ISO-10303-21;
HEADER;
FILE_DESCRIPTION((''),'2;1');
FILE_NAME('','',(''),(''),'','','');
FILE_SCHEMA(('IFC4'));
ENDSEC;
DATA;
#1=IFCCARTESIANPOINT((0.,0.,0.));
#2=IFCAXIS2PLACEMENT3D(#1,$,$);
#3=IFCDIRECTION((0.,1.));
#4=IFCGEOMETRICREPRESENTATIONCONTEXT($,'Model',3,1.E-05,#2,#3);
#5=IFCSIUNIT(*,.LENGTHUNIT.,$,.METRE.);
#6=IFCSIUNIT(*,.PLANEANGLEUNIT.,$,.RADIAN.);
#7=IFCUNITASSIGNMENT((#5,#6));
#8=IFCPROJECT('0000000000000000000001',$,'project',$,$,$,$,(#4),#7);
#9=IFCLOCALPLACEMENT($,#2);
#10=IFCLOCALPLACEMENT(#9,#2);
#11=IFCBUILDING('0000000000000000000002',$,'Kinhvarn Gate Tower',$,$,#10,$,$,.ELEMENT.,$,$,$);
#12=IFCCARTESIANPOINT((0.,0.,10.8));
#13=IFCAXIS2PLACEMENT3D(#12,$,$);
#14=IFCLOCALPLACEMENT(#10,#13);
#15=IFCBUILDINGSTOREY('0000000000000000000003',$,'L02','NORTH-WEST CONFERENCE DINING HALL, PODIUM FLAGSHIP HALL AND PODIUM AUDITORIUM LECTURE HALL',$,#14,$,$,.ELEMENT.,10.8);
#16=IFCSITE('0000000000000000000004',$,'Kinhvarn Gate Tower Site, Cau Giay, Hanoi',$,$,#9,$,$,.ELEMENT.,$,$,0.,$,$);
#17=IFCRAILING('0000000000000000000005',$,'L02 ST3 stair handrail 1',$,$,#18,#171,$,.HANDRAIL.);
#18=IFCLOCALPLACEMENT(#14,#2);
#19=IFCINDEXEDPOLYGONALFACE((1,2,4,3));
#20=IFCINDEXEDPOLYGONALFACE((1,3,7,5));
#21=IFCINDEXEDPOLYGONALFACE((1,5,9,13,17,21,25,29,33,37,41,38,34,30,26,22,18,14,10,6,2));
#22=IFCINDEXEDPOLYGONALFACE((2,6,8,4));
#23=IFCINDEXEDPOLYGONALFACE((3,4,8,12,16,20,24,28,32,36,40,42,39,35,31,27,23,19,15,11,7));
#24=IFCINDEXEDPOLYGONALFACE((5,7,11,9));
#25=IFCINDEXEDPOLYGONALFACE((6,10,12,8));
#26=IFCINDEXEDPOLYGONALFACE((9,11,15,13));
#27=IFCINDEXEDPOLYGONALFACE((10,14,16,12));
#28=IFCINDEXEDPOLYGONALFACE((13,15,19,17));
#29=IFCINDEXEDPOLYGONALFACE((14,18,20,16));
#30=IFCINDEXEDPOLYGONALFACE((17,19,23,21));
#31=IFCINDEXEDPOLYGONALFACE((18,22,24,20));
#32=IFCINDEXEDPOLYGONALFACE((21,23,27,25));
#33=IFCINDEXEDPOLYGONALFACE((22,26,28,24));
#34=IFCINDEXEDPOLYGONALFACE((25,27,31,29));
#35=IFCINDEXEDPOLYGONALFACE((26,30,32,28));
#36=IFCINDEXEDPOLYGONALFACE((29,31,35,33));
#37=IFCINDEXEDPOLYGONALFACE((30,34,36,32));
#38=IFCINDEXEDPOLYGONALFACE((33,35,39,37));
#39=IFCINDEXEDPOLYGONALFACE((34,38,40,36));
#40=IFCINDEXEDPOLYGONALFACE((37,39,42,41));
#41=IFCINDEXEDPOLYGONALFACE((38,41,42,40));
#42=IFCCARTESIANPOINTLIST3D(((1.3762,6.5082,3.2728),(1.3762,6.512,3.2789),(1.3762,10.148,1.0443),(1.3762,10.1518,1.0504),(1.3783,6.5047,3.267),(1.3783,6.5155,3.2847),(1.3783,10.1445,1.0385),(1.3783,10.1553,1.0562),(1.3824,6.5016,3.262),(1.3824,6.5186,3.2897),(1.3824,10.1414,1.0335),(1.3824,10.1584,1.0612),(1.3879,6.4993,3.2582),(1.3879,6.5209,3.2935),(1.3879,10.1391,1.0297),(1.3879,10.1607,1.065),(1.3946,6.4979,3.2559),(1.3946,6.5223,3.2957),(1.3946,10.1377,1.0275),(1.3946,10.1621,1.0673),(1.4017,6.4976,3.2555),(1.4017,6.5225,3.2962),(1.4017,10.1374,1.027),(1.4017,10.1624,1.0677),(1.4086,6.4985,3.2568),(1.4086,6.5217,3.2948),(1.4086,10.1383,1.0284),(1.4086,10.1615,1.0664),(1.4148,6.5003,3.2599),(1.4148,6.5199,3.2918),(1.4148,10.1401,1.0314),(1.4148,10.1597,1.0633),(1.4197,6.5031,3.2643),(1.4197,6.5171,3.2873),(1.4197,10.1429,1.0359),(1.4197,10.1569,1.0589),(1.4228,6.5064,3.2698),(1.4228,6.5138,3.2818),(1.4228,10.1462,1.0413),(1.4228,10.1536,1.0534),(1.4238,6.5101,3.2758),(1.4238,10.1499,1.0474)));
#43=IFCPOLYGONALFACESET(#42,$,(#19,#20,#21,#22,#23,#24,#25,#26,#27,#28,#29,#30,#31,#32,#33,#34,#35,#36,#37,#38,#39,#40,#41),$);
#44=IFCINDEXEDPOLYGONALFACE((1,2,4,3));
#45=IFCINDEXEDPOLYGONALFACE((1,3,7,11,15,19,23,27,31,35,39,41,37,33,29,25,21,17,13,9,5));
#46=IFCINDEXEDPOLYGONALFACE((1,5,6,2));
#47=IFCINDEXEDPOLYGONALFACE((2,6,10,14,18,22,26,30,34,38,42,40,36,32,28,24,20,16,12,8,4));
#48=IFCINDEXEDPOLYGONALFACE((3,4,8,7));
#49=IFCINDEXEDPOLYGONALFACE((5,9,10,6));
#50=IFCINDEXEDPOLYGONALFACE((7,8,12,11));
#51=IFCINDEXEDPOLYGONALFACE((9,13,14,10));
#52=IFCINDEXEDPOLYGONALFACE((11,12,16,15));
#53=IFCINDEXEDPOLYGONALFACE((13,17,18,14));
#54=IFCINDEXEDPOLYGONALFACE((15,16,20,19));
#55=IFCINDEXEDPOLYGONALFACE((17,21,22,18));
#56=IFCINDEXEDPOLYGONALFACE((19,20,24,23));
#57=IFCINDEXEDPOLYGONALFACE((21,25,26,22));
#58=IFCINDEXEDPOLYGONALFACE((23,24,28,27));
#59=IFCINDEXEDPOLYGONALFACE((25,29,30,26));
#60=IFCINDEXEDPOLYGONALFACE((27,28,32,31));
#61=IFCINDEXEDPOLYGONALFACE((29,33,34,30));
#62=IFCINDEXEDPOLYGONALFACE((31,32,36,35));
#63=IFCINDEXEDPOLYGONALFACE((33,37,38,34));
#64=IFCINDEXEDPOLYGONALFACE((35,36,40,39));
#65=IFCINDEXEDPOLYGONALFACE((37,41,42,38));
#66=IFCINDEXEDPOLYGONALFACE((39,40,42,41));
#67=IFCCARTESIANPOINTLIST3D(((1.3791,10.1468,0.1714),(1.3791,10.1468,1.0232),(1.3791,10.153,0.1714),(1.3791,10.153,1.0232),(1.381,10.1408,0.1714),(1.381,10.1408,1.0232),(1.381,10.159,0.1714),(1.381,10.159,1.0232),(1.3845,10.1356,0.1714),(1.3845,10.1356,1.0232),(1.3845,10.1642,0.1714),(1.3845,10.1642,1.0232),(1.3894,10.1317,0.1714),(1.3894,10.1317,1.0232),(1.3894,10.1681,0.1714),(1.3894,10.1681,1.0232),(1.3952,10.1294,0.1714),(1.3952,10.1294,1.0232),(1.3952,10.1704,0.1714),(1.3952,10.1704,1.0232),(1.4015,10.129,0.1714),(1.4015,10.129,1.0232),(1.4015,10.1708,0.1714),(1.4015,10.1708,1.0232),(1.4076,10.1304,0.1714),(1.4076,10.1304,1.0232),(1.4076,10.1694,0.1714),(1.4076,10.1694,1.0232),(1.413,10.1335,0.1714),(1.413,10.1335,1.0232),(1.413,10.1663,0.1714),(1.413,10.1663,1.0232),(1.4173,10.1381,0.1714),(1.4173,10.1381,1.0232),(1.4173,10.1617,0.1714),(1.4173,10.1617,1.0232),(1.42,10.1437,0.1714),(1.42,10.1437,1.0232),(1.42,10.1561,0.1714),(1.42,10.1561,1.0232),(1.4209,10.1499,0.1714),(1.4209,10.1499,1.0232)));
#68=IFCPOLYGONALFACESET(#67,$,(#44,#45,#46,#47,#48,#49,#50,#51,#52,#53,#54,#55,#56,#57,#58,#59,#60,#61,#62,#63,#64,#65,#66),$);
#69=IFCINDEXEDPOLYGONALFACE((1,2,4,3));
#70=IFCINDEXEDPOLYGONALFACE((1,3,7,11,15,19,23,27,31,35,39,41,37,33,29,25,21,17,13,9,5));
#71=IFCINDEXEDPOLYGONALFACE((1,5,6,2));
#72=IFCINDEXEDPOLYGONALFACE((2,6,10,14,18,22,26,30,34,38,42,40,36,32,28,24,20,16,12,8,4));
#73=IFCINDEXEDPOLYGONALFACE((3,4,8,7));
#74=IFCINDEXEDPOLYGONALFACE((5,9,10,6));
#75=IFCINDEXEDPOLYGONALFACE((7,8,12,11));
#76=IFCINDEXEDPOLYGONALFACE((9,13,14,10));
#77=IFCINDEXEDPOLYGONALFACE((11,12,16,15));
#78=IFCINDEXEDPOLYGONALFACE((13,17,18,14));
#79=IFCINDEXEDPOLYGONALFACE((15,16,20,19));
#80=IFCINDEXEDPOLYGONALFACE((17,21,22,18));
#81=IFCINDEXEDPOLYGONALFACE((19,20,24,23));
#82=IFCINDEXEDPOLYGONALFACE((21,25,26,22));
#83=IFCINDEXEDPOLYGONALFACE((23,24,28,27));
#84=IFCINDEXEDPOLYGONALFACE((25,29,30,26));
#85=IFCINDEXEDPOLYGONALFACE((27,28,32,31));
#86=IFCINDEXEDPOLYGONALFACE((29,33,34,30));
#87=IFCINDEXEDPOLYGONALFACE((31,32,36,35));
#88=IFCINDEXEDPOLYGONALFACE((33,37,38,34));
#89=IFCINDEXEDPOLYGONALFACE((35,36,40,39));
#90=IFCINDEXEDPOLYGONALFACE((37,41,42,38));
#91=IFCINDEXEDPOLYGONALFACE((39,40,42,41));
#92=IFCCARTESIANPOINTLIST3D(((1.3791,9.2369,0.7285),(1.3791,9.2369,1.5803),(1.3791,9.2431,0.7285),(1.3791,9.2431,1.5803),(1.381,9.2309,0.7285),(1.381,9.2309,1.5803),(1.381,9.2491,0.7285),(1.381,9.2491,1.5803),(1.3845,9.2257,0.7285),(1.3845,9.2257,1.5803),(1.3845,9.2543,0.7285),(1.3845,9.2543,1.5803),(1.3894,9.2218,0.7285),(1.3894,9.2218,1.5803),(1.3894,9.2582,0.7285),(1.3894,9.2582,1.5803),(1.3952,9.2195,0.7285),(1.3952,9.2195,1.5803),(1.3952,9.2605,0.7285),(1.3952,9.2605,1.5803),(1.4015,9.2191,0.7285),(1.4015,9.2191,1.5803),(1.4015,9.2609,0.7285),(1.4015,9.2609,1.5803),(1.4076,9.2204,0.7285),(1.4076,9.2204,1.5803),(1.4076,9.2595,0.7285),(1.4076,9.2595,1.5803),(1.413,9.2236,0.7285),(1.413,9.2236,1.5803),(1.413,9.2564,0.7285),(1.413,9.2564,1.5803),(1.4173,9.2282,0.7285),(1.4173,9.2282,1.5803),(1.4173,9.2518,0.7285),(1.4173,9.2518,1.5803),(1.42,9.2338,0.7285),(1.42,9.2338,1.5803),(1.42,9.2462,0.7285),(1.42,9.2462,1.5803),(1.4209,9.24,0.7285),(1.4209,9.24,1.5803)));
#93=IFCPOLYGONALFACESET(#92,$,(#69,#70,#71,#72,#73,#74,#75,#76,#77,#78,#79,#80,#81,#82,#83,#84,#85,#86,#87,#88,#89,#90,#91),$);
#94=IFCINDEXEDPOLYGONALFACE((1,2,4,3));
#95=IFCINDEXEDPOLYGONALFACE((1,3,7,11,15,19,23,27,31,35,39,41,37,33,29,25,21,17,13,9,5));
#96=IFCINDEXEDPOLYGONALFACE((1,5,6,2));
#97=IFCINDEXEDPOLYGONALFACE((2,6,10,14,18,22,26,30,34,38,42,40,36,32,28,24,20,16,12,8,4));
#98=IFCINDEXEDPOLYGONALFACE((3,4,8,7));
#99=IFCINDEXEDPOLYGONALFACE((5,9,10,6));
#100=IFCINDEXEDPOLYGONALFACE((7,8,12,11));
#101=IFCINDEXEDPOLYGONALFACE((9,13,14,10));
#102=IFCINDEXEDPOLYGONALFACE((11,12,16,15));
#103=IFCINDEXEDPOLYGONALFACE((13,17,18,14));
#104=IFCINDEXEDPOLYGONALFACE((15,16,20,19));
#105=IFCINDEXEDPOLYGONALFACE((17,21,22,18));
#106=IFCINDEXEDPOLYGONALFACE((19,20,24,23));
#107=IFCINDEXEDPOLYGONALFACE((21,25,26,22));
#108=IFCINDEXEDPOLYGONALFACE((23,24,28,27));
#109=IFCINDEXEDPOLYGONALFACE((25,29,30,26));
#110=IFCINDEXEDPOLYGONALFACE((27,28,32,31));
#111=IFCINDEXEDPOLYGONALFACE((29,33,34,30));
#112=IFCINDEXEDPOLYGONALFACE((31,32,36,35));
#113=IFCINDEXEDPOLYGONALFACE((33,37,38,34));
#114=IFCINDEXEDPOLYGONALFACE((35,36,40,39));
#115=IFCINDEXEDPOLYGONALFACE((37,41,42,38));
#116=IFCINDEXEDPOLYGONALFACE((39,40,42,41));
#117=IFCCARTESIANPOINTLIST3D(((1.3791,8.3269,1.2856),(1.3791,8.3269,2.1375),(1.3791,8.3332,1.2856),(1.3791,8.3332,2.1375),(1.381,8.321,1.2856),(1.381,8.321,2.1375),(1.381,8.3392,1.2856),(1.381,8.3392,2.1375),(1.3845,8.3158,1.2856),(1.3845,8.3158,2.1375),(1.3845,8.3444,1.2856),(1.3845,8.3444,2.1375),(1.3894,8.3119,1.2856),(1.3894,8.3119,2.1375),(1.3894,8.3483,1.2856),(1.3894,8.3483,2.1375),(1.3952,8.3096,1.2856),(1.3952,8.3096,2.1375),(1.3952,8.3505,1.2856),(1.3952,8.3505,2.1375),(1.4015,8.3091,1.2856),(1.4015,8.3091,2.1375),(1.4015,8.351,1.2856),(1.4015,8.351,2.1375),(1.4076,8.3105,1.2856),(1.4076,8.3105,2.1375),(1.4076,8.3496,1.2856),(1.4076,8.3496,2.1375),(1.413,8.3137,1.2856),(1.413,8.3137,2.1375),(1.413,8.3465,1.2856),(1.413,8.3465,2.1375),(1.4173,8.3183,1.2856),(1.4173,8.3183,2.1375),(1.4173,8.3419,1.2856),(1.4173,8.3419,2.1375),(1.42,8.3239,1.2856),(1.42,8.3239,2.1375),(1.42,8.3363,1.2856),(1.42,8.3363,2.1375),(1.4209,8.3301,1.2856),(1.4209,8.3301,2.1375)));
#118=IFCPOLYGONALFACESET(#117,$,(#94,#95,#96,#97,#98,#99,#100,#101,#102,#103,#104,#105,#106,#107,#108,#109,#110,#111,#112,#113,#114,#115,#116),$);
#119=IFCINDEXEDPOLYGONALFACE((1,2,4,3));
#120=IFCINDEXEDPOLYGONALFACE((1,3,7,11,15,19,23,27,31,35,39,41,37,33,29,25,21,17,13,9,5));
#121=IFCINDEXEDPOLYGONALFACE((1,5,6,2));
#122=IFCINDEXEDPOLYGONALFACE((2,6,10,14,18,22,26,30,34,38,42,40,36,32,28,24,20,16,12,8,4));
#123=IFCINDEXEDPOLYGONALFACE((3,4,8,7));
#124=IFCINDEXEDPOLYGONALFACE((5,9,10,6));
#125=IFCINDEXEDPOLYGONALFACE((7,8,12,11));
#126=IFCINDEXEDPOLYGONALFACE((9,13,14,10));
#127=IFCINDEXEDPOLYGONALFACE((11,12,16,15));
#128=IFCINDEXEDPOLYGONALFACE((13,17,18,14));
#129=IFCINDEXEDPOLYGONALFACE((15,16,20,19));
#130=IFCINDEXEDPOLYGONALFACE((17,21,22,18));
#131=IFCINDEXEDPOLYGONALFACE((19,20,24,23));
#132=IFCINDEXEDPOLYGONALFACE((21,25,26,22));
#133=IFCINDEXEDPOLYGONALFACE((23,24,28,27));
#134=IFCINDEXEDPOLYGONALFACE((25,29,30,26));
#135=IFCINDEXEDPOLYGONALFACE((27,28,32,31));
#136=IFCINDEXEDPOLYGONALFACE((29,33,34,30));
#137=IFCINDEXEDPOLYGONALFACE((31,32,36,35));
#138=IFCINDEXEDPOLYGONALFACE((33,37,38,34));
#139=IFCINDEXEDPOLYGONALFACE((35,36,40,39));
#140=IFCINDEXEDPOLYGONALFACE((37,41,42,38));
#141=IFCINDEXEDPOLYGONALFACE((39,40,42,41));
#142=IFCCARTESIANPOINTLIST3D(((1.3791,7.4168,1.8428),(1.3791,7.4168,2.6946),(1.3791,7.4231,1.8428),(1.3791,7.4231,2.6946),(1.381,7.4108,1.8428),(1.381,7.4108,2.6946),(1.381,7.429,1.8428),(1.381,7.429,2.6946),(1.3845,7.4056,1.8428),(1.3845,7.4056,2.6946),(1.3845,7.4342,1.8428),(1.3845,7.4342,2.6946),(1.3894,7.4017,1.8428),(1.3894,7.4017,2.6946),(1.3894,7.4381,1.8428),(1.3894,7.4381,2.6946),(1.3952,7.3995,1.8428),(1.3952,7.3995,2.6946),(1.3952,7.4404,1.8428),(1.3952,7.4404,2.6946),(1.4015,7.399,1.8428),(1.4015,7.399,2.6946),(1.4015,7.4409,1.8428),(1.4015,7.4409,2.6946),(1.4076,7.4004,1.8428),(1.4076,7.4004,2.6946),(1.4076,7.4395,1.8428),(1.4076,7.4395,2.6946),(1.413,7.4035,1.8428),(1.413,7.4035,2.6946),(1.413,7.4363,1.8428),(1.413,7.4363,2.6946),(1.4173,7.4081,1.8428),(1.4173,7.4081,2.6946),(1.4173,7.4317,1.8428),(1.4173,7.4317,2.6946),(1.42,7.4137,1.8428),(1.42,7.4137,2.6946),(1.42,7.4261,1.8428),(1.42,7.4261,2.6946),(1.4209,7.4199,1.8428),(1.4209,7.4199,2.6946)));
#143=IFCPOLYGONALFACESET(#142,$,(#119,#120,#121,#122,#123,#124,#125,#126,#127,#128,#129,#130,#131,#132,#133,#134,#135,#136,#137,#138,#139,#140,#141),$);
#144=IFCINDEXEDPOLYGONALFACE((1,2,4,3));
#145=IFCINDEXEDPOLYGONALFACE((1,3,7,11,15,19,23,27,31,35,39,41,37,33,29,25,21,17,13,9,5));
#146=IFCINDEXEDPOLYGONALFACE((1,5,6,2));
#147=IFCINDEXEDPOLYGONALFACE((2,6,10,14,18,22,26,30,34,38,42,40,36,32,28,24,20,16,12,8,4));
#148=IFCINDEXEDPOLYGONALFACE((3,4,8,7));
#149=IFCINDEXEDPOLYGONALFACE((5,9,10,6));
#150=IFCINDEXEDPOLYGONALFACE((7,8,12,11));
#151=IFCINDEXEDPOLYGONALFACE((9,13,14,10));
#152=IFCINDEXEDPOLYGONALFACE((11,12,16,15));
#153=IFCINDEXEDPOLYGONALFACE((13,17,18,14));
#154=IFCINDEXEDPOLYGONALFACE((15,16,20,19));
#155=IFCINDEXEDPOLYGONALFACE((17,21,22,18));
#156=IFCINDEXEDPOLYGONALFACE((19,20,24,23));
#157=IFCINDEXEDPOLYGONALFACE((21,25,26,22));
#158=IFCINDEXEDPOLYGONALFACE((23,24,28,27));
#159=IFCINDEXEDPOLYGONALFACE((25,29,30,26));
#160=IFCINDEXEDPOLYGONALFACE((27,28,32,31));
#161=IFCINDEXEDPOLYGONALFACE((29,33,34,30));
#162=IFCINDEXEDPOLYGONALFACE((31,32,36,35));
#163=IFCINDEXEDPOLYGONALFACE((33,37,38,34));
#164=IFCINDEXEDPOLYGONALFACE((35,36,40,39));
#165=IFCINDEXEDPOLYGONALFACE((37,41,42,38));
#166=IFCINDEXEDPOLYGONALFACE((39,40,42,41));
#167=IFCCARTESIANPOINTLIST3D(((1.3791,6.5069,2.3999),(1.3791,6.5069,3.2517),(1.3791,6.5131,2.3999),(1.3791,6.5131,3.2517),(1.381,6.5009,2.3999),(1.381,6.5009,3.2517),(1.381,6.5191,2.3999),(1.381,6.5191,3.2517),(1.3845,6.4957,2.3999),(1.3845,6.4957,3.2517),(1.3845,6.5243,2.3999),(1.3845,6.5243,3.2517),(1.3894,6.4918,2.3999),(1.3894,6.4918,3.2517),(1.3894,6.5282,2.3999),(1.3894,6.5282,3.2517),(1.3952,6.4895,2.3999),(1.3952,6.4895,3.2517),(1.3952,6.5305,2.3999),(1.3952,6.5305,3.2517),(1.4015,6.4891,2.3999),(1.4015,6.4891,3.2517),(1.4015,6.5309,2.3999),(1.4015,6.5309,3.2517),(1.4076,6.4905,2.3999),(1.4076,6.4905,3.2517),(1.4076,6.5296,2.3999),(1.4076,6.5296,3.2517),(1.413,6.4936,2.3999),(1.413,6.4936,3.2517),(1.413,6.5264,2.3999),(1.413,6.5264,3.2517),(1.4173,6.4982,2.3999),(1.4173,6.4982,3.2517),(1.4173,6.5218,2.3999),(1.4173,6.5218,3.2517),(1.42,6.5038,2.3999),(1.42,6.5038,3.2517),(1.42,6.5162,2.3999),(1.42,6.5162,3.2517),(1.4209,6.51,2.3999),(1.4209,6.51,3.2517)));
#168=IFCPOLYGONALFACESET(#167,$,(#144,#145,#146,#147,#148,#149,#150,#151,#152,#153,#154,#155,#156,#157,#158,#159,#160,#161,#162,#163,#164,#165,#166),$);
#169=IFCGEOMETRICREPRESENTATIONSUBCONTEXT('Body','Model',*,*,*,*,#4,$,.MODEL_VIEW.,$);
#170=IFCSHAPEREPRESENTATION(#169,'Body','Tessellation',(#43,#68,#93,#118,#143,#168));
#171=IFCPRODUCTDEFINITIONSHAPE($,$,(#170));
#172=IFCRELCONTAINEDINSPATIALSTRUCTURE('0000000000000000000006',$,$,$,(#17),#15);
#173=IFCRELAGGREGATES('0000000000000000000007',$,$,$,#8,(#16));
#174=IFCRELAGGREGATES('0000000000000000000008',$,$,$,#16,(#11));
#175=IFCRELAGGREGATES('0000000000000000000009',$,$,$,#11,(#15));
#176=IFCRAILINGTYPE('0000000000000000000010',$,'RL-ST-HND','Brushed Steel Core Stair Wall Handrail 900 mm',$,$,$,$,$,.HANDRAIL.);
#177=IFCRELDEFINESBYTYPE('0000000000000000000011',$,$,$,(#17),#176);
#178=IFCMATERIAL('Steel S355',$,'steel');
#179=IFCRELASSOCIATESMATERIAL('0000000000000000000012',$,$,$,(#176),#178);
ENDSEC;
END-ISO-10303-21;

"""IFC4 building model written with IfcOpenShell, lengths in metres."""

from ifc_helpers import new_model, si_unit, direction, frame, origin, origin_2d, place, context, subcontext, project, spatial, circle, extrude, material, type_object, element, save


model = new_model("IFC4")

# Units and contexts
model_context = context("Model", 3, precision=1e-05, world=origin(), true_north=direction((0.0, 1.0)))
body_context = subcontext(model_context, "Body", "Model", "MODEL_VIEW")
ifc_project = project(units=[si_unit("LENGTHUNIT", "METRE"), si_unit("PLANEANGLEUNIT", "RADIAN")], contexts=[model_context])

# Site, building, storey
site_placement = place(None, origin())
site = spatial("IfcSite", under=ifc_project, at=site_placement, Name="Kinhvarn Gate Tower Site, Cau Giay, Hanoi", CompositionType="ELEMENT", RefElevation=0.0)
building_placement = place(site_placement, origin())
building = spatial("IfcBuilding", under=site, at=building_placement, Name="Kinhvarn Gate Tower", CompositionType="ELEMENT")
storey_placement = place(building_placement, frame((0.0, 0.0, 10.8)))
storey = spatial("IfcBuildingStorey", under=building, at=storey_placement, Name="L02", Description="NORTH-WEST CONFERENCE DINING HALL, PODIUM FLAGSHIP HALL AND PODIUM AUDITORIUM LECTURE HALL", CompositionType="ELEMENT", Elevation=10.8)

# Shared definitions
ifc_material_1 = material(Name="Steel S355", Category="steel")

# Railing
railing_type_1 = type_object("IfcRailingType", Name="RL-ST-HND", Description="Brushed Steel Core Stair Wall Handrail 900 mm", PredefinedType="HANDRAIL", material=ifc_material_1)
railing_1_placement = place(storey_placement, frame((1.3999, 10.1499, 0.1714)))
element("IfcRailing", 1, at=railing_1_placement, inside=storey, type_object=railing_type_1, Name="L02 ST3 stair handrail 1", PredefinedType="HANDRAIL", context=body_context, shape_type="SweptSolid", body=[
    extrude(circle(Radius=0.0239, at=origin_2d()), frame((0.0, 0.0, 0.876), z_axis=(0.0, -0.85285, 0.522156), x_axis=(1.0, 0.0, 0.0)), (0.0, 0.0, 1.0), 4.2678),
    extrude(circle(Radius=0.021, at=origin_2d()), origin(), (0.0, 0.0, 1.0), 0.8518),
    extrude(circle(Radius=0.021, at=origin_2d()), frame((0.0, -0.9099, 0.5571)), (0.0, 0.0, 1.0), 0.8518),
    extrude(circle(Radius=0.021, at=origin_2d()), frame((0.0, -1.8198, 1.1143)), (0.0, 0.0, 1.0), 0.8518),
    extrude(circle(Radius=0.021, at=origin_2d()), frame((0.0, -2.73, 1.6714)), (0.0, 0.0, 1.0), 0.8518),
    extrude(circle(Radius=0.021, at=origin_2d()), frame((0.0, -3.6399, 2.2285)), (0.0, 0.0, 1.0), 0.8518),
])

save(model, "model.ifc")
